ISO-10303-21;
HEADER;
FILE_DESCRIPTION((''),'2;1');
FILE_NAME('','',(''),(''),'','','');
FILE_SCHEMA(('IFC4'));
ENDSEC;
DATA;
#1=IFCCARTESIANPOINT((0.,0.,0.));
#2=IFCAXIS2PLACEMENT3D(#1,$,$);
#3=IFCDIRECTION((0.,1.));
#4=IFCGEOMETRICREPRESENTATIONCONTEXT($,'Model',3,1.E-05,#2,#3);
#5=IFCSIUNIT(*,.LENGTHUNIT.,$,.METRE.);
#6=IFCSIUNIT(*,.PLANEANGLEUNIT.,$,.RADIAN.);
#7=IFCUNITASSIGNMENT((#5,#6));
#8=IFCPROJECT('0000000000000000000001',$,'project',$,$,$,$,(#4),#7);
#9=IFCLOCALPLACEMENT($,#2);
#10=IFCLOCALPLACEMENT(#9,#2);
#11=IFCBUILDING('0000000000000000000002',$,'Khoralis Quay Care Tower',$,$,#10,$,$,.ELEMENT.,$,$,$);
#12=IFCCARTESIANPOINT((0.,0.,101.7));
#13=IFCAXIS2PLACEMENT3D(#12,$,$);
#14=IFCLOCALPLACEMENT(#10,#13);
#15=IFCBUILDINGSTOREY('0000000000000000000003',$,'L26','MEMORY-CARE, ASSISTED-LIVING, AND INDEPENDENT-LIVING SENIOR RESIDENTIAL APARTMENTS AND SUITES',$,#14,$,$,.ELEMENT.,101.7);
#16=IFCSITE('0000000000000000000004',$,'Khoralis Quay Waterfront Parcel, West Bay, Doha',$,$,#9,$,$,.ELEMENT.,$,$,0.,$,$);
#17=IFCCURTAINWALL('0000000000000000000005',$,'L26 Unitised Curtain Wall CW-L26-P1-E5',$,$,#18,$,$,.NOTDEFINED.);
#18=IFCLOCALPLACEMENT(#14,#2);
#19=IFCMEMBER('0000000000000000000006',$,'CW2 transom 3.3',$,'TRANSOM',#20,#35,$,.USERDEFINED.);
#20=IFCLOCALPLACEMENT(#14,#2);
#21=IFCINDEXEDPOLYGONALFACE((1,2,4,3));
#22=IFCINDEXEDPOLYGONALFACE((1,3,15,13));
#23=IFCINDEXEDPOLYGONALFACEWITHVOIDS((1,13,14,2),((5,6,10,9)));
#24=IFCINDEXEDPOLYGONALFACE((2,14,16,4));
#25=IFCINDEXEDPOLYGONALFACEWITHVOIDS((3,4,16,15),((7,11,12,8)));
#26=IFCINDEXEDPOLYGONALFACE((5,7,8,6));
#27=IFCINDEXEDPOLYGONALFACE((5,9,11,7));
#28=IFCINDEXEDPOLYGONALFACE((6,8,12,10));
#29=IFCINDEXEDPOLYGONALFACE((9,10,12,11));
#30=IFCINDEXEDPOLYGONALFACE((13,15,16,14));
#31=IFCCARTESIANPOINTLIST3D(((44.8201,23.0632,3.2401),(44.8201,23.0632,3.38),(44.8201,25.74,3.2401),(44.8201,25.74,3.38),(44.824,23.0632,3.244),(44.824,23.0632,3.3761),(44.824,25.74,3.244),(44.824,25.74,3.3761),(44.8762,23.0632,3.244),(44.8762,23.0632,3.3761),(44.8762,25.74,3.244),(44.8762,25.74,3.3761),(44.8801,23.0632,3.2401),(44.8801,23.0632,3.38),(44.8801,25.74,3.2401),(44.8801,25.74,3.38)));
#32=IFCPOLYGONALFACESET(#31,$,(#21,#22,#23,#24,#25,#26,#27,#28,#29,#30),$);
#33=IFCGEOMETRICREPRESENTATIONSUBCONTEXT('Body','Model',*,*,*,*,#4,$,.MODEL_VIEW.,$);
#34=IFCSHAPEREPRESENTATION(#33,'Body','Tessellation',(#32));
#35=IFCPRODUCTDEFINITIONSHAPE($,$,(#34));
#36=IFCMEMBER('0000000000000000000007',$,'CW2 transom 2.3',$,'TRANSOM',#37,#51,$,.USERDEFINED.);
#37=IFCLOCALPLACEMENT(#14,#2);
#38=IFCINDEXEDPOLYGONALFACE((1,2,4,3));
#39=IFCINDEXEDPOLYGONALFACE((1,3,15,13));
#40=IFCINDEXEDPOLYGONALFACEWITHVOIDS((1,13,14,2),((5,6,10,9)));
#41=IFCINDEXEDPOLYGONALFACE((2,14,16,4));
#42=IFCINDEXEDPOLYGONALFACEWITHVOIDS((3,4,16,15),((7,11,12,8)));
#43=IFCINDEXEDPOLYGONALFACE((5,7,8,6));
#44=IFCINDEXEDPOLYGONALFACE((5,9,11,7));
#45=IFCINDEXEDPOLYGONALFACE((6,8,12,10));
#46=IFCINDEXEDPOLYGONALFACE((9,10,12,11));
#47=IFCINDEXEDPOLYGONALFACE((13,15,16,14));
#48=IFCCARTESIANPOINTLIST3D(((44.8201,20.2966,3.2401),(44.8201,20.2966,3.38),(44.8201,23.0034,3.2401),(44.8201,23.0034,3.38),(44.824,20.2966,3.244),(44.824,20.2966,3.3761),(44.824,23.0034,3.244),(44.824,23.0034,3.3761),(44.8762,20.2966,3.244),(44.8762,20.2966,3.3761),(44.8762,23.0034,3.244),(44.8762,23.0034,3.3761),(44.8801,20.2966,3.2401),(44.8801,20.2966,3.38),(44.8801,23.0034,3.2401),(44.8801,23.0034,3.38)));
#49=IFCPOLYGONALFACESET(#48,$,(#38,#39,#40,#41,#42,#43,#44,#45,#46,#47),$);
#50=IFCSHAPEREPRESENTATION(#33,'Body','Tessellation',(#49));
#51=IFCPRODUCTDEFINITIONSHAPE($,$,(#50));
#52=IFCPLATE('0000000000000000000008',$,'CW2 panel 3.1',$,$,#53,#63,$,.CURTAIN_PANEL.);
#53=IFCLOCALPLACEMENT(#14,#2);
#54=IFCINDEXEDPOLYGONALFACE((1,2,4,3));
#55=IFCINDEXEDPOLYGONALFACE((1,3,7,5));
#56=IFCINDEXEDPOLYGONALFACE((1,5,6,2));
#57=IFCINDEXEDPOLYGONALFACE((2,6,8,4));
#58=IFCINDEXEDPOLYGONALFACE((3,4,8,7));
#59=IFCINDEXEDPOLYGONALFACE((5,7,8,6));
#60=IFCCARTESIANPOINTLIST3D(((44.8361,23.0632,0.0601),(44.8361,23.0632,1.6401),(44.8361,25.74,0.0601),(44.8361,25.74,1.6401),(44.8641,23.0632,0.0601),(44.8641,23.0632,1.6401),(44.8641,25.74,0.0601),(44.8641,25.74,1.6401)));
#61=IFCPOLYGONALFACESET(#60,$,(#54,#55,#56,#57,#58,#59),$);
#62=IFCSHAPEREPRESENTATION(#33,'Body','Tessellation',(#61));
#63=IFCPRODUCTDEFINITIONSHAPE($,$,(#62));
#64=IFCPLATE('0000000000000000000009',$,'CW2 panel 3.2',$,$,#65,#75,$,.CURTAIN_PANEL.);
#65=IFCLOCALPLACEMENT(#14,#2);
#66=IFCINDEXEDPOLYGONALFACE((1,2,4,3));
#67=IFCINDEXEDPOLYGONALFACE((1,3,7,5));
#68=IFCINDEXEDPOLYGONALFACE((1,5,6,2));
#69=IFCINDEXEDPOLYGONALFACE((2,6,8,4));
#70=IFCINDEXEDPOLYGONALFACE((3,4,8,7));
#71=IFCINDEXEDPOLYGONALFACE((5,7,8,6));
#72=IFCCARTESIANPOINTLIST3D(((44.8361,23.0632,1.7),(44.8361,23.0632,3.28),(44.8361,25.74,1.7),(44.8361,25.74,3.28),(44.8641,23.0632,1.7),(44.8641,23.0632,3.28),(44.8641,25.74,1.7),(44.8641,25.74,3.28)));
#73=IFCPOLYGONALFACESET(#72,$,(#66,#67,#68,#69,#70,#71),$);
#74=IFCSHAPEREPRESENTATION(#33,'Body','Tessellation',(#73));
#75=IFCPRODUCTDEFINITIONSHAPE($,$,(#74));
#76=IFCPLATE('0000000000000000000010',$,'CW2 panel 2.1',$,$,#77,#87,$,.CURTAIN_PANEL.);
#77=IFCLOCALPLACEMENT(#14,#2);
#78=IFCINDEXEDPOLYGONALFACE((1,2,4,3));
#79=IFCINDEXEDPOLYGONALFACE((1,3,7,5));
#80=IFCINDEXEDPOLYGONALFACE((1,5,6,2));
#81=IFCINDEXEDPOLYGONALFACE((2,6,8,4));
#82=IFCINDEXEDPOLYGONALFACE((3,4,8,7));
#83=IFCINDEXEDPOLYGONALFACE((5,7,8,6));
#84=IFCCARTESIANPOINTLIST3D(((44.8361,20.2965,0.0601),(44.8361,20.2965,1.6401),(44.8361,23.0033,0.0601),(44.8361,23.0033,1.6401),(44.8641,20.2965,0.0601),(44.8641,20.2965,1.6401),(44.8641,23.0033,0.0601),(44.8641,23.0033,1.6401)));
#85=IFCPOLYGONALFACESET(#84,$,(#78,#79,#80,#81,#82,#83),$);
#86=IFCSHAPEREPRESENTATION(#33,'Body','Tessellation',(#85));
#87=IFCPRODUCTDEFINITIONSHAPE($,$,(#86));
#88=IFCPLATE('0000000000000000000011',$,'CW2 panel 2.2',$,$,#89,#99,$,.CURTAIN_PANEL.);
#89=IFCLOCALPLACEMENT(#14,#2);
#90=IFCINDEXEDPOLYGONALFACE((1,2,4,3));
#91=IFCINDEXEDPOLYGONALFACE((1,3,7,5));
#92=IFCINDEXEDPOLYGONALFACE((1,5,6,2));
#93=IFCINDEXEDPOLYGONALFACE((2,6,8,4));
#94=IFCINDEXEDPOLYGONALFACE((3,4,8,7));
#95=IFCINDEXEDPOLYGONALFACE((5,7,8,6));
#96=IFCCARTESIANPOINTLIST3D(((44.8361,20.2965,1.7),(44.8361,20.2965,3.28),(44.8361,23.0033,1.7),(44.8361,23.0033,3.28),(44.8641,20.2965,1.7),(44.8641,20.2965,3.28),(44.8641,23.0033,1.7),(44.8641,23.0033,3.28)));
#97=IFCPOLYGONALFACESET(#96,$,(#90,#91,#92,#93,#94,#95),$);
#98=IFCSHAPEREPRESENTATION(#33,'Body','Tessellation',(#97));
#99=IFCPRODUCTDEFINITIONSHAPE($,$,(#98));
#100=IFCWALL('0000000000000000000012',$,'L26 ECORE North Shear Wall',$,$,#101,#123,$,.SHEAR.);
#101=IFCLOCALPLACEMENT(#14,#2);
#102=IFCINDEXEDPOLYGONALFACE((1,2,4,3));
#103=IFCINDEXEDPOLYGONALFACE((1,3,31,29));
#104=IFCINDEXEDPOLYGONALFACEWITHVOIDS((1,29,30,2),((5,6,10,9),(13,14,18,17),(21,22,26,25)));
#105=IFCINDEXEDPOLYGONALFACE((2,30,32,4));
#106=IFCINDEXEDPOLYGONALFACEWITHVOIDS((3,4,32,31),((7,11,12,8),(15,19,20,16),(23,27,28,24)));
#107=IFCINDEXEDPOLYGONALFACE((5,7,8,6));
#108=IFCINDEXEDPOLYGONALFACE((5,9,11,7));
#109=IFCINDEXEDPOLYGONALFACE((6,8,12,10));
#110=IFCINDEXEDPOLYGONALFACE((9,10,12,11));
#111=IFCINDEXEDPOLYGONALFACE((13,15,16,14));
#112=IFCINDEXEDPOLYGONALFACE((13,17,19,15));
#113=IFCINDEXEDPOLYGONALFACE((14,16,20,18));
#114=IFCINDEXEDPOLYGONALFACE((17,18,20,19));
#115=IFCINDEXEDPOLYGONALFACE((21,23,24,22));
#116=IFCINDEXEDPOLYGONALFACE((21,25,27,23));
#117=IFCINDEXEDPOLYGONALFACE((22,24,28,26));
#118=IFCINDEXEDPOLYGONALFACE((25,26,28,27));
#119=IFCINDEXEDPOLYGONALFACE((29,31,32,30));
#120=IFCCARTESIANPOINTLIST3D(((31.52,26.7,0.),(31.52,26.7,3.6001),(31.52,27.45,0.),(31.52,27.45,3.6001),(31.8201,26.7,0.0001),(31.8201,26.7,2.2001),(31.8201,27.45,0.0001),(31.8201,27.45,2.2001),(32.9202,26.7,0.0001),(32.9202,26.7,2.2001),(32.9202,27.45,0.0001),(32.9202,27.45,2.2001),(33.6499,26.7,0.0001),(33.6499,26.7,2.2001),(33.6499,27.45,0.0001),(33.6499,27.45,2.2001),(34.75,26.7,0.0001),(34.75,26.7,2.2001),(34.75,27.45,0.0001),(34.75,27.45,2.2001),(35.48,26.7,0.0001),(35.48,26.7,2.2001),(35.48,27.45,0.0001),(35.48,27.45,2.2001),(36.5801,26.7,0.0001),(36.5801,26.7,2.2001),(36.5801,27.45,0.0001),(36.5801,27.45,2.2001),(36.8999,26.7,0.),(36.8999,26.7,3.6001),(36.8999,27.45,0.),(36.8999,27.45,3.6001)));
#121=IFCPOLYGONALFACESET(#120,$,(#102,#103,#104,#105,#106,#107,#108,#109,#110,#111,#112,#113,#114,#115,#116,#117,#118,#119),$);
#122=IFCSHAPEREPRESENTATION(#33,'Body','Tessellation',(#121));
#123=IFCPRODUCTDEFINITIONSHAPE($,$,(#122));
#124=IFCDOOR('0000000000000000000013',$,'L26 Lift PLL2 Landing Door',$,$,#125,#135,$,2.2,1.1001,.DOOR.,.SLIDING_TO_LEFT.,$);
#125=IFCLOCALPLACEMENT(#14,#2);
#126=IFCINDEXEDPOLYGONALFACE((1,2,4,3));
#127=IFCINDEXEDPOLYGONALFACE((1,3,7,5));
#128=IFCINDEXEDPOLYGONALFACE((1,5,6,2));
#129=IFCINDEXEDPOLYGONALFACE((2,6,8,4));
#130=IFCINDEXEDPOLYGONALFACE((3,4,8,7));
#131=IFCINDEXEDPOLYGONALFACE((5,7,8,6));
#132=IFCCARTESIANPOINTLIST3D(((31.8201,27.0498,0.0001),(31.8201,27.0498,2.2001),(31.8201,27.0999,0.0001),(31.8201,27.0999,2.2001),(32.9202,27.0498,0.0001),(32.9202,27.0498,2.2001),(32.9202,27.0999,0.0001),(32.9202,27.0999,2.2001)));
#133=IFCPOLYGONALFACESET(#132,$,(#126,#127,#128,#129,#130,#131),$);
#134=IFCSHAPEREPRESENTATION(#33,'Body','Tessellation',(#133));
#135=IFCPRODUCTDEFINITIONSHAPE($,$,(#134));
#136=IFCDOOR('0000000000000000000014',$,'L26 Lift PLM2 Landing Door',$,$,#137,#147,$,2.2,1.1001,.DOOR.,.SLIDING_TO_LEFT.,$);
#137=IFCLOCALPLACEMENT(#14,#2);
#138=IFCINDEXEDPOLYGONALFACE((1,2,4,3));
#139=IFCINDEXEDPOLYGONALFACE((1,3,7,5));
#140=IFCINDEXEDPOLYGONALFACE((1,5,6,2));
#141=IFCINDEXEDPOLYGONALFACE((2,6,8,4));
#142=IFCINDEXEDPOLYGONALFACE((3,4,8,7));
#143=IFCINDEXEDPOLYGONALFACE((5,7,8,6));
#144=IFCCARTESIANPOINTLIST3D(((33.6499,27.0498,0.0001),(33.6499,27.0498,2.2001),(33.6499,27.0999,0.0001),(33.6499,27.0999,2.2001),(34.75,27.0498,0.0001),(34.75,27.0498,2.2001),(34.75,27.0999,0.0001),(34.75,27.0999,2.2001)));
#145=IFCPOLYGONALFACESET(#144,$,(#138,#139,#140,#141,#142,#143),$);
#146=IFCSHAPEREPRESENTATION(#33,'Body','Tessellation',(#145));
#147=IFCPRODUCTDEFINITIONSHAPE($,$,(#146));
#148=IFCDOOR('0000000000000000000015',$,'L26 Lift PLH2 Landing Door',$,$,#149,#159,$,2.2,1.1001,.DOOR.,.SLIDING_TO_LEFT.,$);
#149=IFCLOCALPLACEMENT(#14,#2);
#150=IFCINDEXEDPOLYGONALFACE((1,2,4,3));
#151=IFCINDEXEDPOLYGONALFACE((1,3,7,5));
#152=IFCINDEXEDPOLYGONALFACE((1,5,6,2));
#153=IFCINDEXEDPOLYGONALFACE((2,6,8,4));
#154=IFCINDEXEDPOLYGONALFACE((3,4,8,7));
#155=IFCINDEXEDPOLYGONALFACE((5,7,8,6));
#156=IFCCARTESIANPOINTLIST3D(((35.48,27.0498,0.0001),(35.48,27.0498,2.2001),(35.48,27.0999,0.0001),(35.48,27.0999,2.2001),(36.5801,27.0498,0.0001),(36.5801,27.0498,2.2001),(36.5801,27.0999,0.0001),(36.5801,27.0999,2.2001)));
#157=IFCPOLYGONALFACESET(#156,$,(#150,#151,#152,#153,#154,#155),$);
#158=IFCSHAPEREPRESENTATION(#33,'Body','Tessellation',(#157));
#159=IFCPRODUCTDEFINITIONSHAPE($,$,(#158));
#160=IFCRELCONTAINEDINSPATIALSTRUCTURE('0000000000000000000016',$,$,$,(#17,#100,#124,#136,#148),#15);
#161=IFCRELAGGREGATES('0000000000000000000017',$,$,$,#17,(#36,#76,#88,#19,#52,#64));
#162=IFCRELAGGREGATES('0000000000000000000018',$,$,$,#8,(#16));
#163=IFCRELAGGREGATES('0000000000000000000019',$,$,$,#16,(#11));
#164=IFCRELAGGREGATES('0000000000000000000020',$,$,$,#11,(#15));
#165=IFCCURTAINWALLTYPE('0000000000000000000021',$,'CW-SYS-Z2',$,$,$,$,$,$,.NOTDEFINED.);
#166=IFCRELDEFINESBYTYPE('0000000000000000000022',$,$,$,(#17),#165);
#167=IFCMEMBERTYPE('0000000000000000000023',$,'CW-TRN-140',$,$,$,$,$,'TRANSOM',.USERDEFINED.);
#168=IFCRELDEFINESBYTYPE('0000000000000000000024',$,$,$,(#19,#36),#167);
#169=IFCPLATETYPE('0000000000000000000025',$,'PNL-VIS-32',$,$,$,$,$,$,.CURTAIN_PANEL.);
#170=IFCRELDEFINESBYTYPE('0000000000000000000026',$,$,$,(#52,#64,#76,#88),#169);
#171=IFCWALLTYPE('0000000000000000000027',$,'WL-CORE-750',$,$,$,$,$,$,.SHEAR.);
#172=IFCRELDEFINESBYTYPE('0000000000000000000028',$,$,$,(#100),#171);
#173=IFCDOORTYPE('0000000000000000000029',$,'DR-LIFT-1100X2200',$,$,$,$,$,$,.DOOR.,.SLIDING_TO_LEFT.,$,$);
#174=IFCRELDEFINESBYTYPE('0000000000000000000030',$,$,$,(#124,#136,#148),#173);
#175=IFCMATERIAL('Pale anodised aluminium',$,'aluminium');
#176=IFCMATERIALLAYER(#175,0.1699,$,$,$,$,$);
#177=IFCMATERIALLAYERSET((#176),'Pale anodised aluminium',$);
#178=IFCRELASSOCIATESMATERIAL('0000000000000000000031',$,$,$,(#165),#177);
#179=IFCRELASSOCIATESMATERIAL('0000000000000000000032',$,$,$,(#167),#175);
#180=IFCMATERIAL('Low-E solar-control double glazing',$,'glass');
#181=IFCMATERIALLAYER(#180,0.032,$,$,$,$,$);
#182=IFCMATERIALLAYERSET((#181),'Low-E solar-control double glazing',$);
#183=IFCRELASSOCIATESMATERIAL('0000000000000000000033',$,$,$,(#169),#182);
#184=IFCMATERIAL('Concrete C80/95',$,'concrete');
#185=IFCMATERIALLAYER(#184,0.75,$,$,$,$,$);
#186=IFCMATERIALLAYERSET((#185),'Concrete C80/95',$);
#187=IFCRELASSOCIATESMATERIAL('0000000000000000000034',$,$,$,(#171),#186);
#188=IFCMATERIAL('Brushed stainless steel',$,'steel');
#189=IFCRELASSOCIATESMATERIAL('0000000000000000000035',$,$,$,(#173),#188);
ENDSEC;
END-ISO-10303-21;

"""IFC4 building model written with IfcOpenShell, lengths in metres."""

from ifc_helpers import new_model, si_unit, direction, frame, frame_2d, origin, origin_2d, place, context, subcontext, project, spatial, rectangle, hollow_rectangle, extrude, source, transform, mapped, material, layer, layer_set, material_profile, profile_set, type_object, element, fill, aggregate, save


model = new_model("IFC4")

# Units and contexts
model_context = context("Model", 3, precision=1e-05, world=origin(), true_north=direction((0.0, 1.0)))
body_context = subcontext(model_context, "Body", "Model", "MODEL_VIEW")
ifc_project = project(units=[si_unit("LENGTHUNIT", "METRE"), si_unit("PLANEANGLEUNIT", "RADIAN")], contexts=[model_context])

# Site, building, storey
site_placement = place(None, origin())
site = spatial("IfcSite", under=ifc_project, at=site_placement, Name="Khoralis Quay Waterfront Parcel, West Bay, Doha", CompositionType="ELEMENT", RefElevation=0.0)
building_placement = place(site_placement, origin())
building = spatial("IfcBuilding", under=site, at=building_placement, Name="Khoralis Quay Care Tower", CompositionType="ELEMENT")
storey_placement = place(building_placement, frame((0.0, 0.0, 101.7)))
storey = spatial("IfcBuildingStorey", under=building, at=storey_placement, Name="L26", Description="MEMORY-CARE, ASSISTED-LIVING, AND INDEPENDENT-LIVING SENIOR RESIDENTIAL APARTMENTS AND SUITES", CompositionType="ELEMENT", Elevation=101.7)

# Curtain wall, members, plates
ifc_material_1 = material(Name="Pale anodised aluminium", Category="aluminium")
ifc_layer_1 = layer(ifc_material_1, 0.1699)
ifc_layer_set_1 = layer_set([ifc_layer_1], Name="Pale anodised aluminium")
curtain_wall_type = type_object("IfcCurtainWallType", Name="CW-SYS-Z2", PredefinedType="NOTDEFINED", material=ifc_layer_set_1)
curtain_wall_placement = place(storey_placement, origin())
curtain_wall = element("IfcCurtainWall", 1, at=curtain_wall_placement, inside=storey, type_object=curtain_wall_type, Name="L26 Unitised Curtain Wall CW-L26-P1-E5", PredefinedType="NOTDEFINED")
ifc_material_profile_1 = material_profile(ifc_material_1, hollow_rectangle(XDim=0.0601, YDim=0.1399, WallThickness=0.0039, at=origin_2d()), Name="Pale anodised aluminium")
ifc_profile_set_1 = profile_set([ifc_material_profile_1], Name="Pale anodised aluminium")
member_type_1 = type_object("IfcMemberType", Name="CW-TRN-140", ElementType="TRANSOM", PredefinedType="USERDEFINED", material=ifc_profile_set_1)
shared_shape_1 = source(origin(), body_context, "Body", "SweptSolid", [
    extrude(hollow_rectangle(XDim=0.0601, YDim=0.1399, WallThickness=0.0039, at=origin_2d()), origin(), (0.0, 0.0, 1.0), 2.6768),
])
member_1_placement = place(storey_placement, frame((44.8501, 23.0632, 3.3101), z_axis=(0.0, 1.0, 0.0), x_axis=(-1.0, 0.0, 0.0)))
member_1 = element("IfcMember", 2, at=member_1_placement, type_object=member_type_1, Name="CW2 transom 3.3", ObjectType="TRANSOM", PredefinedType="USERDEFINED", context=body_context, shape_type="MappedRepresentation", body=[
    mapped(shared_shape_1, transform((0.0, 0.0, 0.0), scale=1.0)),
])
shared_shape_2 = source(origin(), body_context, "Body", "SweptSolid", [
    extrude(hollow_rectangle(XDim=0.0601, YDim=0.1399, WallThickness=0.0039, at=origin_2d()), origin(), (0.0, 0.0, 1.0), 2.7068),
])
member_2_placement = place(storey_placement, frame((44.8501, 20.2966, 3.3101), z_axis=(0.0, 1.0, 0.0), x_axis=(-1.0, 0.0, 0.0)))
member_2 = element("IfcMember", 3, at=member_2_placement, type_object=member_type_1, Name="CW2 transom 2.3", ObjectType="TRANSOM", PredefinedType="USERDEFINED", context=body_context, shape_type="MappedRepresentation", body=[
    mapped(shared_shape_2, transform((0.0, 0.0, 0.0), scale=1.0)),
])
ifc_material_2 = material(Name="Low-E solar-control double glazing", Category="glass")
ifc_layer_2 = layer(ifc_material_2, 0.032)
ifc_layer_set_2 = layer_set([ifc_layer_2], Name="Low-E solar-control double glazing")
plate_type = type_object("IfcPlateType", Name="PNL-VIS-32", PredefinedType="CURTAIN_PANEL", material=ifc_layer_set_2)
shared_shape_3 = source(origin(), body_context, "Body", "SweptSolid", [
    extrude(rectangle(XDim=2.6768, YDim=0.0281, at=origin_2d()), origin(), (0.0, 0.0, 1.0), 1.5801),
])
plate_1_placement = place(storey_placement, frame((44.8501, 24.4016, 0.0601), z_axis=(0.0, 0.0, 1.0), x_axis=(0.0, 1.0, 0.0)))
plate_1 = element("IfcPlate", 4, at=plate_1_placement, type_object=plate_type, Name="CW2 panel 3.1", PredefinedType="CURTAIN_PANEL", context=body_context, shape_type="MappedRepresentation", body=[
    mapped(shared_shape_3, transform((0.0, 0.0, 0.0), scale=1.0)),
])
plate_2_placement = place(storey_placement, frame((44.8501, 24.4016, 1.7), z_axis=(0.0, 0.0, 1.0), x_axis=(0.0, 1.0, 0.0)))
plate_2 = element("IfcPlate", 5, at=plate_2_placement, type_object=plate_type, Name="CW2 panel 3.2", PredefinedType="CURTAIN_PANEL", context=body_context, shape_type="MappedRepresentation", body=[
    mapped(shared_shape_3, transform((0.0, 0.0, 0.0), scale=1.0)),
])
shared_shape_4 = source(origin(), body_context, "Body", "SweptSolid", [
    extrude(rectangle(XDim=2.7068, YDim=0.0281, at=origin_2d()), origin(), (0.0, 0.0, 1.0), 1.5801),
])
plate_3_placement = place(storey_placement, frame((44.8501, 21.6499, 0.0601), z_axis=(0.0, 0.0, 1.0), x_axis=(0.0, 1.0, 0.0)))
plate_3 = element("IfcPlate", 6, at=plate_3_placement, type_object=plate_type, Name="CW2 panel 2.1", PredefinedType="CURTAIN_PANEL", context=body_context, shape_type="MappedRepresentation", body=[
    mapped(shared_shape_4, transform((0.0, 0.0, 0.0), scale=1.0)),
])
plate_4_placement = place(storey_placement, frame((44.8501, 21.6499, 1.7), z_axis=(0.0, 0.0, 1.0), x_axis=(0.0, 1.0, 0.0)))
plate_4 = element("IfcPlate", 7, at=plate_4_placement, type_object=plate_type, Name="CW2 panel 2.2", PredefinedType="CURTAIN_PANEL", context=body_context, shape_type="MappedRepresentation", body=[
    mapped(shared_shape_4, transform((0.0, 0.0, 0.0), scale=1.0)),
])
aggregate(curtain_wall, [member_2, plate_3, plate_4, member_1, plate_1, plate_2])

# Wall, openings, doors
ifc_material_3 = material(Name="Concrete C80/95", Category="concrete")
ifc_layer_3 = layer(ifc_material_3, 0.75)
ifc_layer_set_3 = layer_set([ifc_layer_3], Name="Concrete C80/95")
wall_type_1 = type_object("IfcWallType", Name="WL-CORE-750", PredefinedType="SHEAR", material=ifc_layer_set_3)
wall_1_placement = place(storey_placement, frame((31.52, 27.075, 0.0), z_axis=(0.0, 0.0, 1.0), x_axis=(1.0, 0.0, 0.0)))
wall_1 = element("IfcWall", 8, at=wall_1_placement, inside=storey, type_object=wall_type_1, Name="L26 ECORE North Shear Wall", PredefinedType="SHEAR", context=body_context, shape_type="SweptSolid", body=[
    extrude(rectangle(XDim=5.3799, YDim=0.75, at=frame_2d((2.6899, 0.0))), origin(), (0.0, 0.0, 1.0), 3.6001),
])
opening_1_placement = place(wall_1_placement, frame((0.3, 0.0, 0.0)))
opening_1 = element("IfcOpeningElement", 9, at=opening_1_placement, cuts=wall_1, PredefinedType="OPENING", context=body_context, shape_type="SweptSolid", body=[
    extrude(rectangle(XDim=1.1001, YDim=2.2, at=frame_2d((0.55, 1.1001))), frame((0.0, 0.385, 0.0), z_axis=(0.0, -1.0, 0.0), x_axis=(1.0, 0.0, 0.0)), (0.0, 0.0, 1.0), 0.77),
])
opening_2_placement = place(wall_1_placement, frame((2.1299, 0.0, 0.0)))
opening_2 = element("IfcOpeningElement", 10, at=opening_2_placement, cuts=wall_1, PredefinedType="OPENING", context=body_context, shape_type="SweptSolid", body=[
    extrude(rectangle(XDim=1.1001, YDim=2.2, at=frame_2d((0.55, 1.1001))), frame((0.0, 0.385, 0.0), z_axis=(0.0, -1.0, 0.0), x_axis=(1.0, 0.0, 0.0)), (0.0, 0.0, 1.0), 0.77),
])
opening_3_placement = place(wall_1_placement, frame((3.96, 0.0, 0.0)))
opening_3 = element("IfcOpeningElement", 11, at=opening_3_placement, cuts=wall_1, PredefinedType="OPENING", context=body_context, shape_type="SweptSolid", body=[
    extrude(rectangle(XDim=1.1001, YDim=2.2, at=frame_2d((0.55, 1.1001))), frame((0.0, 0.385, 0.0), z_axis=(0.0, -1.0, 0.0), x_axis=(1.0, 0.0, 0.0)), (0.0, 0.0, 1.0), 0.77),
])
ifc_material_4 = material(Name="Brushed stainless steel", Category="steel")
door_type = type_object("IfcDoorType", Name="DR-LIFT-1100X2200", OperationType="SLIDING_TO_LEFT", PredefinedType="DOOR", material=ifc_material_4)
shared_shape_5 = source(origin(), body_context, "Body", "SweptSolid", [
    extrude(rectangle(XDim=1.1001, YDim=2.2, at=frame_2d((0.55, 1.1001))), frame((0.0, 0.0249, 0.0), z_axis=(0.0, -1.0, 0.0), x_axis=(1.0, 0.0, 0.0)), (0.0, 0.0, 1.0), 0.05),
])
door_1_placement = place(opening_1_placement, origin())
door_1 = element("IfcDoor", 12, at=door_1_placement, inside=storey, type_object=door_type, Name="L26 Lift PLL2 Landing Door", OperationType="SLIDING_TO_LEFT", OverallHeight=2.2, OverallWidth=1.1001, PredefinedType="DOOR", context=body_context, shape_type="MappedRepresentation", body=[
    mapped(shared_shape_5, transform((0.0, 0.0, 0.0), scale=1.0)),
])
fill(opening_1, door_1)
door_2_placement = place(opening_2_placement, origin())
door_2 = element("IfcDoor", 13, at=door_2_placement, inside=storey, type_object=door_type, Name="L26 Lift PLM2 Landing Door", OperationType="SLIDING_TO_LEFT", OverallHeight=2.2, OverallWidth=1.1001, PredefinedType="DOOR", context=body_context, shape_type="MappedRepresentation", body=[
    mapped(shared_shape_5, transform((0.0, 0.0, 0.0), scale=1.0)),
])
fill(opening_2, door_2)
door_3_placement = place(opening_3_placement, origin())
door_3 = element("IfcDoor", 14, at=door_3_placement, inside=storey, type_object=door_type, Name="L26 Lift PLH2 Landing Door", OperationType="SLIDING_TO_LEFT", OverallHeight=2.2, OverallWidth=1.1001, PredefinedType="DOOR", context=body_context, shape_type="MappedRepresentation", body=[
    mapped(shared_shape_5, transform((0.0, 0.0, 0.0), scale=1.0)),
])
fill(opening_3, door_3)

save(model, "model.ifc")
